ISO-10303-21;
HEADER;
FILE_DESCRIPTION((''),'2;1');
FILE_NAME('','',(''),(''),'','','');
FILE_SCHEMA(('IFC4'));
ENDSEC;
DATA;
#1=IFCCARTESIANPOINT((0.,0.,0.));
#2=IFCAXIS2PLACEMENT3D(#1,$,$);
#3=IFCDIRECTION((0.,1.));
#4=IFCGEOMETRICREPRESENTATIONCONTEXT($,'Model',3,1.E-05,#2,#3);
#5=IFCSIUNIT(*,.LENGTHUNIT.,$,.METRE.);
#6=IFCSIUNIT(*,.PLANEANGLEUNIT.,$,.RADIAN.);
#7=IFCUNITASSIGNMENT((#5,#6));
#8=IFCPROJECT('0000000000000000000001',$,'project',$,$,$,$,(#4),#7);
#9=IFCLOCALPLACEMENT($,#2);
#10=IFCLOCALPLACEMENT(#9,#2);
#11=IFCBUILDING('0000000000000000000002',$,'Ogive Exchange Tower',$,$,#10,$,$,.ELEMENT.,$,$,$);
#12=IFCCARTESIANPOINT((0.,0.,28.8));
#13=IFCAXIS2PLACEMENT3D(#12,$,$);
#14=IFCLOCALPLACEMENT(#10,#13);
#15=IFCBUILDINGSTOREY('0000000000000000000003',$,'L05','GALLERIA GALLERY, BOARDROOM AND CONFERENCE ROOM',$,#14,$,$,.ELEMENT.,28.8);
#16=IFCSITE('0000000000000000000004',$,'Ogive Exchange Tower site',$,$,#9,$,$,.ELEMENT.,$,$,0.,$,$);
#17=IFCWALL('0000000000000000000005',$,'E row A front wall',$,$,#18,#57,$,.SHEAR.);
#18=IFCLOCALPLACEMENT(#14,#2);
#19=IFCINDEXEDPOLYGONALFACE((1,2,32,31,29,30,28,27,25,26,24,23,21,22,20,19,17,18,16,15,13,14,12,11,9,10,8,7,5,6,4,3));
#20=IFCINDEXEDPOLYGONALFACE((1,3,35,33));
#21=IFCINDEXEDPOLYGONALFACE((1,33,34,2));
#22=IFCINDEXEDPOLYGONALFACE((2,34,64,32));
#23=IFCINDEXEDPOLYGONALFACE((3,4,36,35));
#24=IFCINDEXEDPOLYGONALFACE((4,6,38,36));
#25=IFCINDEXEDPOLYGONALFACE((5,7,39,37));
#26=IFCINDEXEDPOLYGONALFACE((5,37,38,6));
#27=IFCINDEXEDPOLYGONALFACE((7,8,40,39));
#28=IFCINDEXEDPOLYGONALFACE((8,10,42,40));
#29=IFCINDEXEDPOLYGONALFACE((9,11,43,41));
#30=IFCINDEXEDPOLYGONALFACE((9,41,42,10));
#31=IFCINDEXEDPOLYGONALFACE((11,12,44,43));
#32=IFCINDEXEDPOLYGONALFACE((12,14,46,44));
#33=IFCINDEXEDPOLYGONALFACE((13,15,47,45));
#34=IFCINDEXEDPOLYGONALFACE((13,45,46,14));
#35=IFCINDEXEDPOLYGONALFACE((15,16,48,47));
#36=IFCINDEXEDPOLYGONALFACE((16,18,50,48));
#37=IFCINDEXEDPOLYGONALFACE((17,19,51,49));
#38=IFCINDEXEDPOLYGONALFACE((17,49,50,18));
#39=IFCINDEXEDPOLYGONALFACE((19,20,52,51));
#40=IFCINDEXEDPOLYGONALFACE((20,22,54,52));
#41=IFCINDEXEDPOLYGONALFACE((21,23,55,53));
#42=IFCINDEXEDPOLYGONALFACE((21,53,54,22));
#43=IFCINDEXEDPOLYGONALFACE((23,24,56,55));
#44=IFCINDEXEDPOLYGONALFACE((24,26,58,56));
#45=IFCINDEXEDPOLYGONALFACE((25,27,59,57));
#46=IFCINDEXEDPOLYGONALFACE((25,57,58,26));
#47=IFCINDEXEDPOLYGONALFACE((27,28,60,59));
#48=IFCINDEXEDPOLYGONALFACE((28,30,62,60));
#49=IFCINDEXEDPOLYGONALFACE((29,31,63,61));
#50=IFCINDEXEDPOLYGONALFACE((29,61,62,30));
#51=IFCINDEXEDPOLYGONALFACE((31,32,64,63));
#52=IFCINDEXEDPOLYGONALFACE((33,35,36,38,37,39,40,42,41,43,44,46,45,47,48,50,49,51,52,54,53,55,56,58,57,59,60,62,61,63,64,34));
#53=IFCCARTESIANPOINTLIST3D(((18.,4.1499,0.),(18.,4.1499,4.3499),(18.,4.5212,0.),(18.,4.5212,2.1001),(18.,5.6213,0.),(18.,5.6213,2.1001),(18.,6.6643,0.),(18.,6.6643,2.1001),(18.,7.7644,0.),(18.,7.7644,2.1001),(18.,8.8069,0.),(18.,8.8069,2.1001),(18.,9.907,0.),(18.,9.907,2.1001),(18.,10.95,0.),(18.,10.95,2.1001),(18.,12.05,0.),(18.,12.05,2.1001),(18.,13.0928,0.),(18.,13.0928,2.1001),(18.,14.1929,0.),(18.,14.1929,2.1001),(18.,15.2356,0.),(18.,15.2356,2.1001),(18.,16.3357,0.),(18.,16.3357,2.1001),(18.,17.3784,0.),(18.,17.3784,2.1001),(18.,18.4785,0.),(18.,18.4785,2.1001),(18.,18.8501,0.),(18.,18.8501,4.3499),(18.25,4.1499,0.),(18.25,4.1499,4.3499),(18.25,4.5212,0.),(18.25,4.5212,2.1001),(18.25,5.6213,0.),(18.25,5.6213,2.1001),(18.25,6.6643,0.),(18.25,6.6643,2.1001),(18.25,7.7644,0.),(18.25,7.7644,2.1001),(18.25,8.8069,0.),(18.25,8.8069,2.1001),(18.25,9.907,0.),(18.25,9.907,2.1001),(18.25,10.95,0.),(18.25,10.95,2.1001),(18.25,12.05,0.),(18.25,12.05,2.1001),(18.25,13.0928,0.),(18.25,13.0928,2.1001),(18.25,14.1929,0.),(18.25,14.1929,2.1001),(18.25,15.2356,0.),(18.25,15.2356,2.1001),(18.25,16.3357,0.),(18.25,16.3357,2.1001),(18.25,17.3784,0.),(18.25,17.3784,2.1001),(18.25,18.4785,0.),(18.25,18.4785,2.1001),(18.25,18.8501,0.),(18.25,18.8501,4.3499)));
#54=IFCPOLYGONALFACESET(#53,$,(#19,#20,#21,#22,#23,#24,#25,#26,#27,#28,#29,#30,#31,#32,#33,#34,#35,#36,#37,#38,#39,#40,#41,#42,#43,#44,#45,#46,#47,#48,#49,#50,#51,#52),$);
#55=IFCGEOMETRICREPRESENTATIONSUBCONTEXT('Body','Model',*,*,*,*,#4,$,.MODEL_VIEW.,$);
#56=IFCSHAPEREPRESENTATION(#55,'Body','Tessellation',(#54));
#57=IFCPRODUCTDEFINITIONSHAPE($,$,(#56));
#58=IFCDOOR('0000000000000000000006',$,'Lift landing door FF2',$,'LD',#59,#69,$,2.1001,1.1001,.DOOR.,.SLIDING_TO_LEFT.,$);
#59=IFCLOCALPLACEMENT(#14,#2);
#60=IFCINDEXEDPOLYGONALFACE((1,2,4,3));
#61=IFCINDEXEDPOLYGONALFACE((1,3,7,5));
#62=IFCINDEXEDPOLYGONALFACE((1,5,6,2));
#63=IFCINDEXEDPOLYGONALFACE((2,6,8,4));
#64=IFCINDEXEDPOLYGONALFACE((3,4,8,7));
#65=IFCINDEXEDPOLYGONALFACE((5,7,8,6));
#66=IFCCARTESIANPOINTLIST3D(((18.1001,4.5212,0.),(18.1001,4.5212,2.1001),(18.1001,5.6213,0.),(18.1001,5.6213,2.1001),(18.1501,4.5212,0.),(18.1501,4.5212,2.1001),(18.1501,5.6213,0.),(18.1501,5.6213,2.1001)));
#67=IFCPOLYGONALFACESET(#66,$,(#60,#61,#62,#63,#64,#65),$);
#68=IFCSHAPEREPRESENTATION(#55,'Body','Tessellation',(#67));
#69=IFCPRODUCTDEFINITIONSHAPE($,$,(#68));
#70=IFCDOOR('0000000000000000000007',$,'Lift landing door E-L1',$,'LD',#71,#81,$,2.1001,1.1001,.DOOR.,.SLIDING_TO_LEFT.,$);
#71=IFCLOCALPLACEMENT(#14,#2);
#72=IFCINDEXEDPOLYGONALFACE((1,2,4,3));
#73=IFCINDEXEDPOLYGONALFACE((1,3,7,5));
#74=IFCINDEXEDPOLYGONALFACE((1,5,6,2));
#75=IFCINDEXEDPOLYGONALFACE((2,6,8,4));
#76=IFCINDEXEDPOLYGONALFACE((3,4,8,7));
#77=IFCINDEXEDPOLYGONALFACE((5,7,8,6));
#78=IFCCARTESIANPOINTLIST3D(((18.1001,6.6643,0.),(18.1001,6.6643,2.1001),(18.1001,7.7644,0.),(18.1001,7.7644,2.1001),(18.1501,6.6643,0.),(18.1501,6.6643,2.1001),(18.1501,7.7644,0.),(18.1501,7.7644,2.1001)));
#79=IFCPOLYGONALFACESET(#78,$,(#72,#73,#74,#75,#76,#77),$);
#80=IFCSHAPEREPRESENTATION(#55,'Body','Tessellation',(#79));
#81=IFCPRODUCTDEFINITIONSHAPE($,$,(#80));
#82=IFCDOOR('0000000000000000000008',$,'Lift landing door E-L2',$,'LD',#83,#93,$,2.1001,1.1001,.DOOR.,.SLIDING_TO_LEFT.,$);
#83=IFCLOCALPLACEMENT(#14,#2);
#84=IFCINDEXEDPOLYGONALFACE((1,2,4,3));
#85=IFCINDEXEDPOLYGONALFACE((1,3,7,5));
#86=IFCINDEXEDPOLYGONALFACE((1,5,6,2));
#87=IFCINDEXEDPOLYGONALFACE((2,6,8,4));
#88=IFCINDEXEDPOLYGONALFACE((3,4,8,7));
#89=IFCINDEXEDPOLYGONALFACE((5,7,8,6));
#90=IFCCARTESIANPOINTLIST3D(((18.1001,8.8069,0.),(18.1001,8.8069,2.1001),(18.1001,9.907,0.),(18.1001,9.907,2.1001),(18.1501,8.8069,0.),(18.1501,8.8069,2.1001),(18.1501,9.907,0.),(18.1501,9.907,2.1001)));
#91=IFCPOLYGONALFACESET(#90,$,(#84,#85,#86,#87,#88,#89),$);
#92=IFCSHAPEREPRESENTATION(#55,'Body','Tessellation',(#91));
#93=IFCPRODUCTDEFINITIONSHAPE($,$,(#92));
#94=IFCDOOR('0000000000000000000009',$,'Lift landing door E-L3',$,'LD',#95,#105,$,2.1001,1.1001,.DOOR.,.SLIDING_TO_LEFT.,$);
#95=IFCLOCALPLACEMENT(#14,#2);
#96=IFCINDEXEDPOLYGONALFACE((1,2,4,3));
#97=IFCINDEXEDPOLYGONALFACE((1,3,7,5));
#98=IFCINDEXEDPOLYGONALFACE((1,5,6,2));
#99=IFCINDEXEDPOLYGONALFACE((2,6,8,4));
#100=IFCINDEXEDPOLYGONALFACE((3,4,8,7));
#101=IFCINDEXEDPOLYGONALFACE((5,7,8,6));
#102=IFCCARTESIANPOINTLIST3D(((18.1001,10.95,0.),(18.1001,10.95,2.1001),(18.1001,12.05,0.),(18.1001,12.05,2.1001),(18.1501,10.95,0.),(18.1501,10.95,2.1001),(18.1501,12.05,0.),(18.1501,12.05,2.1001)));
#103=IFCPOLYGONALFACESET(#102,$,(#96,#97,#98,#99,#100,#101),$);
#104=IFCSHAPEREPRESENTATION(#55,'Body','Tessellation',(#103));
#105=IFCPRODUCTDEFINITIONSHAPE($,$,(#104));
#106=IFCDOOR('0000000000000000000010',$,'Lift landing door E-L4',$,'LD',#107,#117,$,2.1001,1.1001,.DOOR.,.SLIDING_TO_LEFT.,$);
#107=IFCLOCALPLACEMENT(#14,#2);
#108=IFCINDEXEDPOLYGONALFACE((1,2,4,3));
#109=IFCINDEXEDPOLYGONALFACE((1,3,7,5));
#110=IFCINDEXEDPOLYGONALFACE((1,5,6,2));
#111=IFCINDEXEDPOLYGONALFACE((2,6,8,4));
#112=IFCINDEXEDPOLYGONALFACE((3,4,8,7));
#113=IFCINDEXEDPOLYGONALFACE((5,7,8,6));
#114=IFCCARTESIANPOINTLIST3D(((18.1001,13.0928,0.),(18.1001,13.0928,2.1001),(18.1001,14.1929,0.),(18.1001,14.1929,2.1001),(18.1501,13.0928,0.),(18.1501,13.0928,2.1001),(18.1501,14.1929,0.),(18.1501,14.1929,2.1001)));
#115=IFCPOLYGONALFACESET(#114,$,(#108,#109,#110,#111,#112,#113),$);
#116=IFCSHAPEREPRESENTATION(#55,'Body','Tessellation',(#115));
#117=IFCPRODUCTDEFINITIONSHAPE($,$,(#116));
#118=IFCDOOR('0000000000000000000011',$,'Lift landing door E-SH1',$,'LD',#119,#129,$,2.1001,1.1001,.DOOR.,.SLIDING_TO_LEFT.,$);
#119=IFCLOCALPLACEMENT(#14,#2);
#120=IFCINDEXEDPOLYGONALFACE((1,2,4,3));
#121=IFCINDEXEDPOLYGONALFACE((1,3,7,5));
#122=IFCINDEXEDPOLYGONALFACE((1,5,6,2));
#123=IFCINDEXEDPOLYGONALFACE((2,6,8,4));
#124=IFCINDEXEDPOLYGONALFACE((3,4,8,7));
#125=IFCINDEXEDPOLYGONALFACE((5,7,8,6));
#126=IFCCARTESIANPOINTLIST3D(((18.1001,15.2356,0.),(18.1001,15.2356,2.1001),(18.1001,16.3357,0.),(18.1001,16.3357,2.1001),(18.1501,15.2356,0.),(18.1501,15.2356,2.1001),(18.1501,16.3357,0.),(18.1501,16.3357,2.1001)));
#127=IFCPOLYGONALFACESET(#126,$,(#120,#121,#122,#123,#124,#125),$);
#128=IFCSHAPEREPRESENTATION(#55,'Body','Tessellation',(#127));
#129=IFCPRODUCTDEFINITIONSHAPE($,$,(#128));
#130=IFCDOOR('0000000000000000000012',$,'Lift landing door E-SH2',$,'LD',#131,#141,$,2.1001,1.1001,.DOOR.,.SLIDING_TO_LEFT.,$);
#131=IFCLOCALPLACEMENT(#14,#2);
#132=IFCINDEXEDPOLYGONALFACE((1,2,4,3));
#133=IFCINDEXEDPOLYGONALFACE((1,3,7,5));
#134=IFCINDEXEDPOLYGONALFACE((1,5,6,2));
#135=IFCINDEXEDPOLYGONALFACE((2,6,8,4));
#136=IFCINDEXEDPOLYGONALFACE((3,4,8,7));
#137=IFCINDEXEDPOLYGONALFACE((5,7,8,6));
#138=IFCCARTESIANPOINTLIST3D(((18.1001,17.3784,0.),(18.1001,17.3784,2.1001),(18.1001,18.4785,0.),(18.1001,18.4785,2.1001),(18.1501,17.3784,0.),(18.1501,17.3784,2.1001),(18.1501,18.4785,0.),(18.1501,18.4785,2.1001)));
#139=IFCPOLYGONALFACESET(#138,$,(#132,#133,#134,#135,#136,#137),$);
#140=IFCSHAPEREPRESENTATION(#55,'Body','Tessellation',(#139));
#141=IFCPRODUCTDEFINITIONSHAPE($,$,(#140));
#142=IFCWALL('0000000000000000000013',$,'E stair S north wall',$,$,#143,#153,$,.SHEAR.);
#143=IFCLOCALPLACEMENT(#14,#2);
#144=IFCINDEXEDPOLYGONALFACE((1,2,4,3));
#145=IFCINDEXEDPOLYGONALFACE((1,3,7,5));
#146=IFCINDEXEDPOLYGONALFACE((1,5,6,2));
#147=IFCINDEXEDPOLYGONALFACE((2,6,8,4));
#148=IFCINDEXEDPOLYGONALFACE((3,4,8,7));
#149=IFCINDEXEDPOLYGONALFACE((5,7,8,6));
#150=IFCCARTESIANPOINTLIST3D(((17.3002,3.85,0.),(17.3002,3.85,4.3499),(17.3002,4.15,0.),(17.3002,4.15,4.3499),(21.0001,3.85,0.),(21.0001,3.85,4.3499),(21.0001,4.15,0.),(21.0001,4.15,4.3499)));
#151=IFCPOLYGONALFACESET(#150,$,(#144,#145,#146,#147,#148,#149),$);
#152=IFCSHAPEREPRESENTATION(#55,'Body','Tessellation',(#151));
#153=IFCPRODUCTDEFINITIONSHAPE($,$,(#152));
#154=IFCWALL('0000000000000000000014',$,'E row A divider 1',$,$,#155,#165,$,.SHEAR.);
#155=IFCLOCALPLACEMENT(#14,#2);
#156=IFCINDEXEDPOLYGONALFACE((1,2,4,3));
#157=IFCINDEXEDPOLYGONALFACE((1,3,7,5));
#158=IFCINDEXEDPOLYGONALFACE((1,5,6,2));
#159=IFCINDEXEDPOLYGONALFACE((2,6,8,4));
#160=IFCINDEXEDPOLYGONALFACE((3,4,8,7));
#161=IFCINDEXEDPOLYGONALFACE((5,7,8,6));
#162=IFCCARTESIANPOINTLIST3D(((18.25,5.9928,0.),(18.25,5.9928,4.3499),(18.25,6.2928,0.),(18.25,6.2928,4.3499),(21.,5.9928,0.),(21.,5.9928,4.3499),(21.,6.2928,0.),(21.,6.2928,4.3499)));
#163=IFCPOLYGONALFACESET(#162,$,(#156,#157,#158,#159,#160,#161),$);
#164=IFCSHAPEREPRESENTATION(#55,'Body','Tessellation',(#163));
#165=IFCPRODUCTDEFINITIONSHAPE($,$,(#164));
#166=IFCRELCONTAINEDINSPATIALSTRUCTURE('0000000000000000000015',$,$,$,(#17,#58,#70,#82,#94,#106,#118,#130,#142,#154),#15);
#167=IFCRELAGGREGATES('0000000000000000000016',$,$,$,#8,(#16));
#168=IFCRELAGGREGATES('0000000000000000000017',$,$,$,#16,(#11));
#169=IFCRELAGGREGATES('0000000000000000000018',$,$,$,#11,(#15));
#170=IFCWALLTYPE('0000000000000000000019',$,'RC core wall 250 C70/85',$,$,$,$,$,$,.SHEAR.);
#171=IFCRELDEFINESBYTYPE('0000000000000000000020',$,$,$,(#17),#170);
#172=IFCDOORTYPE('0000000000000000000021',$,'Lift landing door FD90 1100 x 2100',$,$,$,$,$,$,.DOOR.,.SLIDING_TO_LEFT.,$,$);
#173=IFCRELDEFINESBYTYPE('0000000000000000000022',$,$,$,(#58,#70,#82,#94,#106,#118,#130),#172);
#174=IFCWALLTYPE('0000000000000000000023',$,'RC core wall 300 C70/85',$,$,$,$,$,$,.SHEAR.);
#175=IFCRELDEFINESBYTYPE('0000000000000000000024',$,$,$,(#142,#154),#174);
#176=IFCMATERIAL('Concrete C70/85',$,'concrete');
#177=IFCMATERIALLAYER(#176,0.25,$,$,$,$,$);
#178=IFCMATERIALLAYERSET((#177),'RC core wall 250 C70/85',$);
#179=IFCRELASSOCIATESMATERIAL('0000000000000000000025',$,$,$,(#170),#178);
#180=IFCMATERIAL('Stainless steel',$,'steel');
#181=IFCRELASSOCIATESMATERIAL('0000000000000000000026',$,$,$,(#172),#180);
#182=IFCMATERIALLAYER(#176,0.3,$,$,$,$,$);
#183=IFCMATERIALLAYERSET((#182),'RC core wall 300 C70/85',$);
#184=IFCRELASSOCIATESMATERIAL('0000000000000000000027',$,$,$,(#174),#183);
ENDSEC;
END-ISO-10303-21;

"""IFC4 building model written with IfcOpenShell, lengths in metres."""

from ifc_helpers import new_model, si_unit, direction, frame, frame_2d, origin, place, context, subcontext, project, spatial, rectangle, extrude, material, layer, layer_set, type_object, element, fill, save


model = new_model("IFC4")

# Units and contexts
model_context = context("Model", 3, precision=1e-05, world=origin(), true_north=direction((0.0, 1.0)))
body_context = subcontext(model_context, "Body", "Model", "MODEL_VIEW")
ifc_project = project(units=[si_unit("LENGTHUNIT", "METRE"), si_unit("PLANEANGLEUNIT", "RADIAN")], contexts=[model_context])

# Site, building, storey
site_placement = place(None, origin())
site = spatial("IfcSite", under=ifc_project, at=site_placement, Name="Ogive Exchange Tower site", CompositionType="ELEMENT", RefElevation=0.0)
building_placement = place(site_placement, origin())
building = spatial("IfcBuilding", under=site, at=building_placement, Name="Ogive Exchange Tower", CompositionType="ELEMENT")
storey_placement = place(building_placement, frame((0.0, 0.0, 28.8)))
storey = spatial("IfcBuildingStorey", under=building, at=storey_placement, Name="L05", Description="GALLERIA GALLERY, BOARDROOM AND CONFERENCE ROOM", CompositionType="ELEMENT", Elevation=28.8)

# Shared definitions
ifc_material_1 = material(Name="Concrete C70/85", Category="concrete")

# Wall, openings, doors
ifc_layer_1 = layer(ifc_material_1, 0.25)
ifc_layer_set_1 = layer_set([ifc_layer_1], Name="RC core wall 250 C70/85")
wall_type_1 = type_object("IfcWallType", Name="RC core wall 250 C70/85", PredefinedType="SHEAR", material=ifc_layer_set_1)
wall_1_placement = place(storey_placement, frame((18.125, 4.1499, 0.0), z_axis=(0.0, 0.0, 1.0), x_axis=(0.0, 1.0, 0.0)))
wall_1 = element("IfcWall", 1, at=wall_1_placement, inside=storey, type_object=wall_type_1, Name="E row A front wall", PredefinedType="SHEAR", context=body_context, shape_type="SweptSolid", body=[
    extrude(rectangle(XDim=14.7002, YDim=0.25, at=frame_2d((7.3501, 0.0))), origin(), (0.0, 0.0, 1.0), 4.3499),
])
opening_1_placement = place(wall_1_placement, frame((0.3713, 0.0, 0.0)))
opening_1 = element("IfcOpeningElement", 2, at=opening_1_placement, cuts=wall_1, PredefinedType="OPENING", context=body_context, shape_type="SweptSolid", body=[
    extrude(rectangle(XDim=1.1001, YDim=2.1001, at=frame_2d((0.55, 1.05))), frame((0.0, 0.135, 0.0), z_axis=(0.0, -1.0, 0.0), x_axis=(1.0, 0.0, 0.0)), (0.0, 0.0, 1.0), 0.27),
])
opening_2_placement = place(wall_1_placement, frame((2.5144, 0.0, 0.0)))
opening_2 = element("IfcOpeningElement", 3, at=opening_2_placement, cuts=wall_1, PredefinedType="OPENING", context=body_context, shape_type="SweptSolid", body=[
    extrude(rectangle(XDim=1.1001, YDim=2.1001, at=frame_2d((0.55, 1.05))), frame((0.0, 0.135, 0.0), z_axis=(0.0, -1.0, 0.0), x_axis=(1.0, 0.0, 0.0)), (0.0, 0.0, 1.0), 0.27),
])
opening_3_placement = place(wall_1_placement, frame((4.657, 0.0, 0.0)))
opening_3 = element("IfcOpeningElement", 4, at=opening_3_placement, cuts=wall_1, PredefinedType="OPENING", context=body_context, shape_type="SweptSolid", body=[
    extrude(rectangle(XDim=1.1001, YDim=2.1001, at=frame_2d((0.55, 1.05))), frame((0.0, 0.135, 0.0), z_axis=(0.0, -1.0, 0.0), x_axis=(1.0, 0.0, 0.0)), (0.0, 0.0, 1.0), 0.27),
])
opening_4_placement = place(wall_1_placement, frame((6.8, 0.0, 0.0)))
opening_4 = element("IfcOpeningElement", 5, at=opening_4_placement, cuts=wall_1, PredefinedType="OPENING", context=body_context, shape_type="SweptSolid", body=[
    extrude(rectangle(XDim=1.1001, YDim=2.1001, at=frame_2d((0.55, 1.05))), frame((0.0, 0.135, 0.0), z_axis=(0.0, -1.0, 0.0), x_axis=(1.0, 0.0, 0.0)), (0.0, 0.0, 1.0), 0.27),
])
opening_5_placement = place(wall_1_placement, frame((8.9429, 0.0, 0.0)))
opening_5 = element("IfcOpeningElement", 6, at=opening_5_placement, cuts=wall_1, PredefinedType="OPENING", context=body_context, shape_type="SweptSolid", body=[
    extrude(rectangle(XDim=1.1001, YDim=2.1001, at=frame_2d((0.55, 1.05))), frame((0.0, 0.135, 0.0), z_axis=(0.0, -1.0, 0.0), x_axis=(1.0, 0.0, 0.0)), (0.0, 0.0, 1.0), 0.27),
])
opening_6_placement = place(wall_1_placement, frame((11.0857, 0.0, 0.0)))
opening_6 = element("IfcOpeningElement", 7, at=opening_6_placement, cuts=wall_1, PredefinedType="OPENING", context=body_context, shape_type="SweptSolid", body=[
    extrude(rectangle(XDim=1.1001, YDim=2.1001, at=frame_2d((0.55, 1.05))), frame((0.0, 0.135, 0.0), z_axis=(0.0, -1.0, 0.0), x_axis=(1.0, 0.0, 0.0)), (0.0, 0.0, 1.0), 0.27),
])
opening_7_placement = place(wall_1_placement, frame((13.2285, 0.0, 0.0)))
opening_7 = element("IfcOpeningElement", 8, at=opening_7_placement, cuts=wall_1, PredefinedType="OPENING", context=body_context, shape_type="SweptSolid", body=[
    extrude(rectangle(XDim=1.1001, YDim=2.1001, at=frame_2d((0.55, 1.05))), frame((0.0, 0.135, 0.0), z_axis=(0.0, -1.0, 0.0), x_axis=(1.0, 0.0, 0.0)), (0.0, 0.0, 1.0), 0.27),
])
ifc_material_2 = material(Name="Stainless steel", Category="steel")
door_type_1 = type_object("IfcDoorType", Name="Lift landing door FD90 1100 x 2100", OperationType="SLIDING_TO_LEFT", PredefinedType="DOOR", material=ifc_material_2)
door_1_placement = place(opening_1_placement, origin())
door_1 = element("IfcDoor", 9, at=door_1_placement, inside=storey, type_object=door_type_1, Name="Lift landing door FF2", ObjectType="LD", OperationType="SLIDING_TO_LEFT", OverallHeight=2.1001, OverallWidth=1.1001, PredefinedType="DOOR", context=body_context, shape_type="SweptSolid", body=[
    extrude(rectangle(XDim=1.1001, YDim=2.1001, at=frame_2d((0.55, 1.05))), frame((0.0, 0.0249, 0.0), z_axis=(0.0, -1.0, 0.0), x_axis=(1.0, 0.0, 0.0)), (0.0, 0.0, 1.0), 0.05),
])
fill(opening_1, door_1)
door_2_placement = place(opening_2_placement, origin())
door_2 = element("IfcDoor", 10, at=door_2_placement, inside=storey, type_object=door_type_1, Name="Lift landing door E-L1", ObjectType="LD", OperationType="SLIDING_TO_LEFT", OverallHeight=2.1001, OverallWidth=1.1001, PredefinedType="DOOR", context=body_context, shape_type="SweptSolid", body=[
    extrude(rectangle(XDim=1.1001, YDim=2.1001, at=frame_2d((0.55, 1.05))), frame((0.0, 0.0249, 0.0), z_axis=(0.0, -1.0, 0.0), x_axis=(1.0, 0.0, 0.0)), (0.0, 0.0, 1.0), 0.05),
])
fill(opening_2, door_2)
door_3_placement = place(opening_3_placement, origin())
door_3 = element("IfcDoor", 11, at=door_3_placement, inside=storey, type_object=door_type_1, Name="Lift landing door E-L2", ObjectType="LD", OperationType="SLIDING_TO_LEFT", OverallHeight=2.1001, OverallWidth=1.1001, PredefinedType="DOOR", context=body_context, shape_type="SweptSolid", body=[
    extrude(rectangle(XDim=1.1001, YDim=2.1001, at=frame_2d((0.55, 1.05))), frame((0.0, 0.0249, 0.0), z_axis=(0.0, -1.0, 0.0), x_axis=(1.0, 0.0, 0.0)), (0.0, 0.0, 1.0), 0.05),
])
fill(opening_3, door_3)
door_4_placement = place(opening_4_placement, origin())
door_4 = element("IfcDoor", 12, at=door_4_placement, inside=storey, type_object=door_type_1, Name="Lift landing door E-L3", ObjectType="LD", OperationType="SLIDING_TO_LEFT", OverallHeight=2.1001, OverallWidth=1.1001, PredefinedType="DOOR", context=body_context, shape_type="SweptSolid", body=[
    extrude(rectangle(XDim=1.1001, YDim=2.1001, at=frame_2d((0.55, 1.05))), frame((0.0, 0.0249, 0.0), z_axis=(0.0, -1.0, 0.0), x_axis=(1.0, 0.0, 0.0)), (0.0, 0.0, 1.0), 0.05),
])
fill(opening_4, door_4)
door_5_placement = place(opening_5_placement, origin())
door_5 = element("IfcDoor", 13, at=door_5_placement, inside=storey, type_object=door_type_1, Name="Lift landing door E-L4", ObjectType="LD", OperationType="SLIDING_TO_LEFT", OverallHeight=2.1001, OverallWidth=1.1001, PredefinedType="DOOR", context=body_context, shape_type="SweptSolid", body=[
    extrude(rectangle(XDim=1.1001, YDim=2.1001, at=frame_2d((0.55, 1.05))), frame((0.0, 0.0249, 0.0), z_axis=(0.0, -1.0, 0.0), x_axis=(1.0, 0.0, 0.0)), (0.0, 0.0, 1.0), 0.05),
])
fill(opening_5, door_5)
door_6_placement = place(opening_6_placement, origin())
door_6 = element("IfcDoor", 14, at=door_6_placement, inside=storey, type_object=door_type_1, Name="Lift landing door E-SH1", ObjectType="LD", OperationType="SLIDING_TO_LEFT", OverallHeight=2.1001, OverallWidth=1.1001, PredefinedType="DOOR", context=body_context, shape_type="SweptSolid", body=[
    extrude(rectangle(XDim=1.1001, YDim=2.1001, at=frame_2d((0.55, 1.05))), frame((0.0, 0.0249, 0.0), z_axis=(0.0, -1.0, 0.0), x_axis=(1.0, 0.0, 0.0)), (0.0, 0.0, 1.0), 0.05),
])
fill(opening_6, door_6)
door_7_placement = place(opening_7_placement, origin())
door_7 = element("IfcDoor", 15, at=door_7_placement, inside=storey, type_object=door_type_1, Name="Lift landing door E-SH2", ObjectType="LD", OperationType="SLIDING_TO_LEFT", OverallHeight=2.1001, OverallWidth=1.1001, PredefinedType="DOOR", context=body_context, shape_type="SweptSolid", body=[
    extrude(rectangle(XDim=1.1001, YDim=2.1001, at=frame_2d((0.55, 1.05))), frame((0.0, 0.0249, 0.0), z_axis=(0.0, -1.0, 0.0), x_axis=(1.0, 0.0, 0.0)), (0.0, 0.0, 1.0), 0.05),
])
fill(opening_7, door_7)

# Walls
ifc_layer_2 = layer(ifc_material_1, 0.3)
ifc_layer_set_2 = layer_set([ifc_layer_2], Name="RC core wall 300 C70/85")
wall_type_2 = type_object("IfcWallType", Name="RC core wall 300 C70/85", PredefinedType="SHEAR", material=ifc_layer_set_2)
wall_2_placement = place(storey_placement, frame((17.3, 4.0, 0.0), z_axis=(0.0, 0.0, 1.0), x_axis=(1.0, 0.0, 0.0)))
element("IfcWall", 16, at=wall_2_placement, inside=storey, type_object=wall_type_2, Name="E stair S north wall", PredefinedType="SHEAR", context=body_context, shape_type="SweptSolid", body=[
    extrude(rectangle(XDim=3.7, YDim=0.3, at=frame_2d((1.8501, 0.0))), origin(), (0.0, 0.0, 1.0), 4.3499),
])
wall_3_placement = place(storey_placement, frame((18.25, 6.1428, 0.0), z_axis=(0.0, 0.0, 1.0), x_axis=(1.0, 0.0, 0.0)))
element("IfcWall", 17, at=wall_3_placement, inside=storey, type_object=wall_type_2, Name="E row A divider 1", PredefinedType="SHEAR", context=body_context, shape_type="SweptSolid", body=[
    extrude(rectangle(XDim=2.75, YDim=0.3, at=frame_2d((1.375, 0.0))), origin(), (0.0, 0.0, 1.0), 4.3499),
])

save(model, "model.ifc")
